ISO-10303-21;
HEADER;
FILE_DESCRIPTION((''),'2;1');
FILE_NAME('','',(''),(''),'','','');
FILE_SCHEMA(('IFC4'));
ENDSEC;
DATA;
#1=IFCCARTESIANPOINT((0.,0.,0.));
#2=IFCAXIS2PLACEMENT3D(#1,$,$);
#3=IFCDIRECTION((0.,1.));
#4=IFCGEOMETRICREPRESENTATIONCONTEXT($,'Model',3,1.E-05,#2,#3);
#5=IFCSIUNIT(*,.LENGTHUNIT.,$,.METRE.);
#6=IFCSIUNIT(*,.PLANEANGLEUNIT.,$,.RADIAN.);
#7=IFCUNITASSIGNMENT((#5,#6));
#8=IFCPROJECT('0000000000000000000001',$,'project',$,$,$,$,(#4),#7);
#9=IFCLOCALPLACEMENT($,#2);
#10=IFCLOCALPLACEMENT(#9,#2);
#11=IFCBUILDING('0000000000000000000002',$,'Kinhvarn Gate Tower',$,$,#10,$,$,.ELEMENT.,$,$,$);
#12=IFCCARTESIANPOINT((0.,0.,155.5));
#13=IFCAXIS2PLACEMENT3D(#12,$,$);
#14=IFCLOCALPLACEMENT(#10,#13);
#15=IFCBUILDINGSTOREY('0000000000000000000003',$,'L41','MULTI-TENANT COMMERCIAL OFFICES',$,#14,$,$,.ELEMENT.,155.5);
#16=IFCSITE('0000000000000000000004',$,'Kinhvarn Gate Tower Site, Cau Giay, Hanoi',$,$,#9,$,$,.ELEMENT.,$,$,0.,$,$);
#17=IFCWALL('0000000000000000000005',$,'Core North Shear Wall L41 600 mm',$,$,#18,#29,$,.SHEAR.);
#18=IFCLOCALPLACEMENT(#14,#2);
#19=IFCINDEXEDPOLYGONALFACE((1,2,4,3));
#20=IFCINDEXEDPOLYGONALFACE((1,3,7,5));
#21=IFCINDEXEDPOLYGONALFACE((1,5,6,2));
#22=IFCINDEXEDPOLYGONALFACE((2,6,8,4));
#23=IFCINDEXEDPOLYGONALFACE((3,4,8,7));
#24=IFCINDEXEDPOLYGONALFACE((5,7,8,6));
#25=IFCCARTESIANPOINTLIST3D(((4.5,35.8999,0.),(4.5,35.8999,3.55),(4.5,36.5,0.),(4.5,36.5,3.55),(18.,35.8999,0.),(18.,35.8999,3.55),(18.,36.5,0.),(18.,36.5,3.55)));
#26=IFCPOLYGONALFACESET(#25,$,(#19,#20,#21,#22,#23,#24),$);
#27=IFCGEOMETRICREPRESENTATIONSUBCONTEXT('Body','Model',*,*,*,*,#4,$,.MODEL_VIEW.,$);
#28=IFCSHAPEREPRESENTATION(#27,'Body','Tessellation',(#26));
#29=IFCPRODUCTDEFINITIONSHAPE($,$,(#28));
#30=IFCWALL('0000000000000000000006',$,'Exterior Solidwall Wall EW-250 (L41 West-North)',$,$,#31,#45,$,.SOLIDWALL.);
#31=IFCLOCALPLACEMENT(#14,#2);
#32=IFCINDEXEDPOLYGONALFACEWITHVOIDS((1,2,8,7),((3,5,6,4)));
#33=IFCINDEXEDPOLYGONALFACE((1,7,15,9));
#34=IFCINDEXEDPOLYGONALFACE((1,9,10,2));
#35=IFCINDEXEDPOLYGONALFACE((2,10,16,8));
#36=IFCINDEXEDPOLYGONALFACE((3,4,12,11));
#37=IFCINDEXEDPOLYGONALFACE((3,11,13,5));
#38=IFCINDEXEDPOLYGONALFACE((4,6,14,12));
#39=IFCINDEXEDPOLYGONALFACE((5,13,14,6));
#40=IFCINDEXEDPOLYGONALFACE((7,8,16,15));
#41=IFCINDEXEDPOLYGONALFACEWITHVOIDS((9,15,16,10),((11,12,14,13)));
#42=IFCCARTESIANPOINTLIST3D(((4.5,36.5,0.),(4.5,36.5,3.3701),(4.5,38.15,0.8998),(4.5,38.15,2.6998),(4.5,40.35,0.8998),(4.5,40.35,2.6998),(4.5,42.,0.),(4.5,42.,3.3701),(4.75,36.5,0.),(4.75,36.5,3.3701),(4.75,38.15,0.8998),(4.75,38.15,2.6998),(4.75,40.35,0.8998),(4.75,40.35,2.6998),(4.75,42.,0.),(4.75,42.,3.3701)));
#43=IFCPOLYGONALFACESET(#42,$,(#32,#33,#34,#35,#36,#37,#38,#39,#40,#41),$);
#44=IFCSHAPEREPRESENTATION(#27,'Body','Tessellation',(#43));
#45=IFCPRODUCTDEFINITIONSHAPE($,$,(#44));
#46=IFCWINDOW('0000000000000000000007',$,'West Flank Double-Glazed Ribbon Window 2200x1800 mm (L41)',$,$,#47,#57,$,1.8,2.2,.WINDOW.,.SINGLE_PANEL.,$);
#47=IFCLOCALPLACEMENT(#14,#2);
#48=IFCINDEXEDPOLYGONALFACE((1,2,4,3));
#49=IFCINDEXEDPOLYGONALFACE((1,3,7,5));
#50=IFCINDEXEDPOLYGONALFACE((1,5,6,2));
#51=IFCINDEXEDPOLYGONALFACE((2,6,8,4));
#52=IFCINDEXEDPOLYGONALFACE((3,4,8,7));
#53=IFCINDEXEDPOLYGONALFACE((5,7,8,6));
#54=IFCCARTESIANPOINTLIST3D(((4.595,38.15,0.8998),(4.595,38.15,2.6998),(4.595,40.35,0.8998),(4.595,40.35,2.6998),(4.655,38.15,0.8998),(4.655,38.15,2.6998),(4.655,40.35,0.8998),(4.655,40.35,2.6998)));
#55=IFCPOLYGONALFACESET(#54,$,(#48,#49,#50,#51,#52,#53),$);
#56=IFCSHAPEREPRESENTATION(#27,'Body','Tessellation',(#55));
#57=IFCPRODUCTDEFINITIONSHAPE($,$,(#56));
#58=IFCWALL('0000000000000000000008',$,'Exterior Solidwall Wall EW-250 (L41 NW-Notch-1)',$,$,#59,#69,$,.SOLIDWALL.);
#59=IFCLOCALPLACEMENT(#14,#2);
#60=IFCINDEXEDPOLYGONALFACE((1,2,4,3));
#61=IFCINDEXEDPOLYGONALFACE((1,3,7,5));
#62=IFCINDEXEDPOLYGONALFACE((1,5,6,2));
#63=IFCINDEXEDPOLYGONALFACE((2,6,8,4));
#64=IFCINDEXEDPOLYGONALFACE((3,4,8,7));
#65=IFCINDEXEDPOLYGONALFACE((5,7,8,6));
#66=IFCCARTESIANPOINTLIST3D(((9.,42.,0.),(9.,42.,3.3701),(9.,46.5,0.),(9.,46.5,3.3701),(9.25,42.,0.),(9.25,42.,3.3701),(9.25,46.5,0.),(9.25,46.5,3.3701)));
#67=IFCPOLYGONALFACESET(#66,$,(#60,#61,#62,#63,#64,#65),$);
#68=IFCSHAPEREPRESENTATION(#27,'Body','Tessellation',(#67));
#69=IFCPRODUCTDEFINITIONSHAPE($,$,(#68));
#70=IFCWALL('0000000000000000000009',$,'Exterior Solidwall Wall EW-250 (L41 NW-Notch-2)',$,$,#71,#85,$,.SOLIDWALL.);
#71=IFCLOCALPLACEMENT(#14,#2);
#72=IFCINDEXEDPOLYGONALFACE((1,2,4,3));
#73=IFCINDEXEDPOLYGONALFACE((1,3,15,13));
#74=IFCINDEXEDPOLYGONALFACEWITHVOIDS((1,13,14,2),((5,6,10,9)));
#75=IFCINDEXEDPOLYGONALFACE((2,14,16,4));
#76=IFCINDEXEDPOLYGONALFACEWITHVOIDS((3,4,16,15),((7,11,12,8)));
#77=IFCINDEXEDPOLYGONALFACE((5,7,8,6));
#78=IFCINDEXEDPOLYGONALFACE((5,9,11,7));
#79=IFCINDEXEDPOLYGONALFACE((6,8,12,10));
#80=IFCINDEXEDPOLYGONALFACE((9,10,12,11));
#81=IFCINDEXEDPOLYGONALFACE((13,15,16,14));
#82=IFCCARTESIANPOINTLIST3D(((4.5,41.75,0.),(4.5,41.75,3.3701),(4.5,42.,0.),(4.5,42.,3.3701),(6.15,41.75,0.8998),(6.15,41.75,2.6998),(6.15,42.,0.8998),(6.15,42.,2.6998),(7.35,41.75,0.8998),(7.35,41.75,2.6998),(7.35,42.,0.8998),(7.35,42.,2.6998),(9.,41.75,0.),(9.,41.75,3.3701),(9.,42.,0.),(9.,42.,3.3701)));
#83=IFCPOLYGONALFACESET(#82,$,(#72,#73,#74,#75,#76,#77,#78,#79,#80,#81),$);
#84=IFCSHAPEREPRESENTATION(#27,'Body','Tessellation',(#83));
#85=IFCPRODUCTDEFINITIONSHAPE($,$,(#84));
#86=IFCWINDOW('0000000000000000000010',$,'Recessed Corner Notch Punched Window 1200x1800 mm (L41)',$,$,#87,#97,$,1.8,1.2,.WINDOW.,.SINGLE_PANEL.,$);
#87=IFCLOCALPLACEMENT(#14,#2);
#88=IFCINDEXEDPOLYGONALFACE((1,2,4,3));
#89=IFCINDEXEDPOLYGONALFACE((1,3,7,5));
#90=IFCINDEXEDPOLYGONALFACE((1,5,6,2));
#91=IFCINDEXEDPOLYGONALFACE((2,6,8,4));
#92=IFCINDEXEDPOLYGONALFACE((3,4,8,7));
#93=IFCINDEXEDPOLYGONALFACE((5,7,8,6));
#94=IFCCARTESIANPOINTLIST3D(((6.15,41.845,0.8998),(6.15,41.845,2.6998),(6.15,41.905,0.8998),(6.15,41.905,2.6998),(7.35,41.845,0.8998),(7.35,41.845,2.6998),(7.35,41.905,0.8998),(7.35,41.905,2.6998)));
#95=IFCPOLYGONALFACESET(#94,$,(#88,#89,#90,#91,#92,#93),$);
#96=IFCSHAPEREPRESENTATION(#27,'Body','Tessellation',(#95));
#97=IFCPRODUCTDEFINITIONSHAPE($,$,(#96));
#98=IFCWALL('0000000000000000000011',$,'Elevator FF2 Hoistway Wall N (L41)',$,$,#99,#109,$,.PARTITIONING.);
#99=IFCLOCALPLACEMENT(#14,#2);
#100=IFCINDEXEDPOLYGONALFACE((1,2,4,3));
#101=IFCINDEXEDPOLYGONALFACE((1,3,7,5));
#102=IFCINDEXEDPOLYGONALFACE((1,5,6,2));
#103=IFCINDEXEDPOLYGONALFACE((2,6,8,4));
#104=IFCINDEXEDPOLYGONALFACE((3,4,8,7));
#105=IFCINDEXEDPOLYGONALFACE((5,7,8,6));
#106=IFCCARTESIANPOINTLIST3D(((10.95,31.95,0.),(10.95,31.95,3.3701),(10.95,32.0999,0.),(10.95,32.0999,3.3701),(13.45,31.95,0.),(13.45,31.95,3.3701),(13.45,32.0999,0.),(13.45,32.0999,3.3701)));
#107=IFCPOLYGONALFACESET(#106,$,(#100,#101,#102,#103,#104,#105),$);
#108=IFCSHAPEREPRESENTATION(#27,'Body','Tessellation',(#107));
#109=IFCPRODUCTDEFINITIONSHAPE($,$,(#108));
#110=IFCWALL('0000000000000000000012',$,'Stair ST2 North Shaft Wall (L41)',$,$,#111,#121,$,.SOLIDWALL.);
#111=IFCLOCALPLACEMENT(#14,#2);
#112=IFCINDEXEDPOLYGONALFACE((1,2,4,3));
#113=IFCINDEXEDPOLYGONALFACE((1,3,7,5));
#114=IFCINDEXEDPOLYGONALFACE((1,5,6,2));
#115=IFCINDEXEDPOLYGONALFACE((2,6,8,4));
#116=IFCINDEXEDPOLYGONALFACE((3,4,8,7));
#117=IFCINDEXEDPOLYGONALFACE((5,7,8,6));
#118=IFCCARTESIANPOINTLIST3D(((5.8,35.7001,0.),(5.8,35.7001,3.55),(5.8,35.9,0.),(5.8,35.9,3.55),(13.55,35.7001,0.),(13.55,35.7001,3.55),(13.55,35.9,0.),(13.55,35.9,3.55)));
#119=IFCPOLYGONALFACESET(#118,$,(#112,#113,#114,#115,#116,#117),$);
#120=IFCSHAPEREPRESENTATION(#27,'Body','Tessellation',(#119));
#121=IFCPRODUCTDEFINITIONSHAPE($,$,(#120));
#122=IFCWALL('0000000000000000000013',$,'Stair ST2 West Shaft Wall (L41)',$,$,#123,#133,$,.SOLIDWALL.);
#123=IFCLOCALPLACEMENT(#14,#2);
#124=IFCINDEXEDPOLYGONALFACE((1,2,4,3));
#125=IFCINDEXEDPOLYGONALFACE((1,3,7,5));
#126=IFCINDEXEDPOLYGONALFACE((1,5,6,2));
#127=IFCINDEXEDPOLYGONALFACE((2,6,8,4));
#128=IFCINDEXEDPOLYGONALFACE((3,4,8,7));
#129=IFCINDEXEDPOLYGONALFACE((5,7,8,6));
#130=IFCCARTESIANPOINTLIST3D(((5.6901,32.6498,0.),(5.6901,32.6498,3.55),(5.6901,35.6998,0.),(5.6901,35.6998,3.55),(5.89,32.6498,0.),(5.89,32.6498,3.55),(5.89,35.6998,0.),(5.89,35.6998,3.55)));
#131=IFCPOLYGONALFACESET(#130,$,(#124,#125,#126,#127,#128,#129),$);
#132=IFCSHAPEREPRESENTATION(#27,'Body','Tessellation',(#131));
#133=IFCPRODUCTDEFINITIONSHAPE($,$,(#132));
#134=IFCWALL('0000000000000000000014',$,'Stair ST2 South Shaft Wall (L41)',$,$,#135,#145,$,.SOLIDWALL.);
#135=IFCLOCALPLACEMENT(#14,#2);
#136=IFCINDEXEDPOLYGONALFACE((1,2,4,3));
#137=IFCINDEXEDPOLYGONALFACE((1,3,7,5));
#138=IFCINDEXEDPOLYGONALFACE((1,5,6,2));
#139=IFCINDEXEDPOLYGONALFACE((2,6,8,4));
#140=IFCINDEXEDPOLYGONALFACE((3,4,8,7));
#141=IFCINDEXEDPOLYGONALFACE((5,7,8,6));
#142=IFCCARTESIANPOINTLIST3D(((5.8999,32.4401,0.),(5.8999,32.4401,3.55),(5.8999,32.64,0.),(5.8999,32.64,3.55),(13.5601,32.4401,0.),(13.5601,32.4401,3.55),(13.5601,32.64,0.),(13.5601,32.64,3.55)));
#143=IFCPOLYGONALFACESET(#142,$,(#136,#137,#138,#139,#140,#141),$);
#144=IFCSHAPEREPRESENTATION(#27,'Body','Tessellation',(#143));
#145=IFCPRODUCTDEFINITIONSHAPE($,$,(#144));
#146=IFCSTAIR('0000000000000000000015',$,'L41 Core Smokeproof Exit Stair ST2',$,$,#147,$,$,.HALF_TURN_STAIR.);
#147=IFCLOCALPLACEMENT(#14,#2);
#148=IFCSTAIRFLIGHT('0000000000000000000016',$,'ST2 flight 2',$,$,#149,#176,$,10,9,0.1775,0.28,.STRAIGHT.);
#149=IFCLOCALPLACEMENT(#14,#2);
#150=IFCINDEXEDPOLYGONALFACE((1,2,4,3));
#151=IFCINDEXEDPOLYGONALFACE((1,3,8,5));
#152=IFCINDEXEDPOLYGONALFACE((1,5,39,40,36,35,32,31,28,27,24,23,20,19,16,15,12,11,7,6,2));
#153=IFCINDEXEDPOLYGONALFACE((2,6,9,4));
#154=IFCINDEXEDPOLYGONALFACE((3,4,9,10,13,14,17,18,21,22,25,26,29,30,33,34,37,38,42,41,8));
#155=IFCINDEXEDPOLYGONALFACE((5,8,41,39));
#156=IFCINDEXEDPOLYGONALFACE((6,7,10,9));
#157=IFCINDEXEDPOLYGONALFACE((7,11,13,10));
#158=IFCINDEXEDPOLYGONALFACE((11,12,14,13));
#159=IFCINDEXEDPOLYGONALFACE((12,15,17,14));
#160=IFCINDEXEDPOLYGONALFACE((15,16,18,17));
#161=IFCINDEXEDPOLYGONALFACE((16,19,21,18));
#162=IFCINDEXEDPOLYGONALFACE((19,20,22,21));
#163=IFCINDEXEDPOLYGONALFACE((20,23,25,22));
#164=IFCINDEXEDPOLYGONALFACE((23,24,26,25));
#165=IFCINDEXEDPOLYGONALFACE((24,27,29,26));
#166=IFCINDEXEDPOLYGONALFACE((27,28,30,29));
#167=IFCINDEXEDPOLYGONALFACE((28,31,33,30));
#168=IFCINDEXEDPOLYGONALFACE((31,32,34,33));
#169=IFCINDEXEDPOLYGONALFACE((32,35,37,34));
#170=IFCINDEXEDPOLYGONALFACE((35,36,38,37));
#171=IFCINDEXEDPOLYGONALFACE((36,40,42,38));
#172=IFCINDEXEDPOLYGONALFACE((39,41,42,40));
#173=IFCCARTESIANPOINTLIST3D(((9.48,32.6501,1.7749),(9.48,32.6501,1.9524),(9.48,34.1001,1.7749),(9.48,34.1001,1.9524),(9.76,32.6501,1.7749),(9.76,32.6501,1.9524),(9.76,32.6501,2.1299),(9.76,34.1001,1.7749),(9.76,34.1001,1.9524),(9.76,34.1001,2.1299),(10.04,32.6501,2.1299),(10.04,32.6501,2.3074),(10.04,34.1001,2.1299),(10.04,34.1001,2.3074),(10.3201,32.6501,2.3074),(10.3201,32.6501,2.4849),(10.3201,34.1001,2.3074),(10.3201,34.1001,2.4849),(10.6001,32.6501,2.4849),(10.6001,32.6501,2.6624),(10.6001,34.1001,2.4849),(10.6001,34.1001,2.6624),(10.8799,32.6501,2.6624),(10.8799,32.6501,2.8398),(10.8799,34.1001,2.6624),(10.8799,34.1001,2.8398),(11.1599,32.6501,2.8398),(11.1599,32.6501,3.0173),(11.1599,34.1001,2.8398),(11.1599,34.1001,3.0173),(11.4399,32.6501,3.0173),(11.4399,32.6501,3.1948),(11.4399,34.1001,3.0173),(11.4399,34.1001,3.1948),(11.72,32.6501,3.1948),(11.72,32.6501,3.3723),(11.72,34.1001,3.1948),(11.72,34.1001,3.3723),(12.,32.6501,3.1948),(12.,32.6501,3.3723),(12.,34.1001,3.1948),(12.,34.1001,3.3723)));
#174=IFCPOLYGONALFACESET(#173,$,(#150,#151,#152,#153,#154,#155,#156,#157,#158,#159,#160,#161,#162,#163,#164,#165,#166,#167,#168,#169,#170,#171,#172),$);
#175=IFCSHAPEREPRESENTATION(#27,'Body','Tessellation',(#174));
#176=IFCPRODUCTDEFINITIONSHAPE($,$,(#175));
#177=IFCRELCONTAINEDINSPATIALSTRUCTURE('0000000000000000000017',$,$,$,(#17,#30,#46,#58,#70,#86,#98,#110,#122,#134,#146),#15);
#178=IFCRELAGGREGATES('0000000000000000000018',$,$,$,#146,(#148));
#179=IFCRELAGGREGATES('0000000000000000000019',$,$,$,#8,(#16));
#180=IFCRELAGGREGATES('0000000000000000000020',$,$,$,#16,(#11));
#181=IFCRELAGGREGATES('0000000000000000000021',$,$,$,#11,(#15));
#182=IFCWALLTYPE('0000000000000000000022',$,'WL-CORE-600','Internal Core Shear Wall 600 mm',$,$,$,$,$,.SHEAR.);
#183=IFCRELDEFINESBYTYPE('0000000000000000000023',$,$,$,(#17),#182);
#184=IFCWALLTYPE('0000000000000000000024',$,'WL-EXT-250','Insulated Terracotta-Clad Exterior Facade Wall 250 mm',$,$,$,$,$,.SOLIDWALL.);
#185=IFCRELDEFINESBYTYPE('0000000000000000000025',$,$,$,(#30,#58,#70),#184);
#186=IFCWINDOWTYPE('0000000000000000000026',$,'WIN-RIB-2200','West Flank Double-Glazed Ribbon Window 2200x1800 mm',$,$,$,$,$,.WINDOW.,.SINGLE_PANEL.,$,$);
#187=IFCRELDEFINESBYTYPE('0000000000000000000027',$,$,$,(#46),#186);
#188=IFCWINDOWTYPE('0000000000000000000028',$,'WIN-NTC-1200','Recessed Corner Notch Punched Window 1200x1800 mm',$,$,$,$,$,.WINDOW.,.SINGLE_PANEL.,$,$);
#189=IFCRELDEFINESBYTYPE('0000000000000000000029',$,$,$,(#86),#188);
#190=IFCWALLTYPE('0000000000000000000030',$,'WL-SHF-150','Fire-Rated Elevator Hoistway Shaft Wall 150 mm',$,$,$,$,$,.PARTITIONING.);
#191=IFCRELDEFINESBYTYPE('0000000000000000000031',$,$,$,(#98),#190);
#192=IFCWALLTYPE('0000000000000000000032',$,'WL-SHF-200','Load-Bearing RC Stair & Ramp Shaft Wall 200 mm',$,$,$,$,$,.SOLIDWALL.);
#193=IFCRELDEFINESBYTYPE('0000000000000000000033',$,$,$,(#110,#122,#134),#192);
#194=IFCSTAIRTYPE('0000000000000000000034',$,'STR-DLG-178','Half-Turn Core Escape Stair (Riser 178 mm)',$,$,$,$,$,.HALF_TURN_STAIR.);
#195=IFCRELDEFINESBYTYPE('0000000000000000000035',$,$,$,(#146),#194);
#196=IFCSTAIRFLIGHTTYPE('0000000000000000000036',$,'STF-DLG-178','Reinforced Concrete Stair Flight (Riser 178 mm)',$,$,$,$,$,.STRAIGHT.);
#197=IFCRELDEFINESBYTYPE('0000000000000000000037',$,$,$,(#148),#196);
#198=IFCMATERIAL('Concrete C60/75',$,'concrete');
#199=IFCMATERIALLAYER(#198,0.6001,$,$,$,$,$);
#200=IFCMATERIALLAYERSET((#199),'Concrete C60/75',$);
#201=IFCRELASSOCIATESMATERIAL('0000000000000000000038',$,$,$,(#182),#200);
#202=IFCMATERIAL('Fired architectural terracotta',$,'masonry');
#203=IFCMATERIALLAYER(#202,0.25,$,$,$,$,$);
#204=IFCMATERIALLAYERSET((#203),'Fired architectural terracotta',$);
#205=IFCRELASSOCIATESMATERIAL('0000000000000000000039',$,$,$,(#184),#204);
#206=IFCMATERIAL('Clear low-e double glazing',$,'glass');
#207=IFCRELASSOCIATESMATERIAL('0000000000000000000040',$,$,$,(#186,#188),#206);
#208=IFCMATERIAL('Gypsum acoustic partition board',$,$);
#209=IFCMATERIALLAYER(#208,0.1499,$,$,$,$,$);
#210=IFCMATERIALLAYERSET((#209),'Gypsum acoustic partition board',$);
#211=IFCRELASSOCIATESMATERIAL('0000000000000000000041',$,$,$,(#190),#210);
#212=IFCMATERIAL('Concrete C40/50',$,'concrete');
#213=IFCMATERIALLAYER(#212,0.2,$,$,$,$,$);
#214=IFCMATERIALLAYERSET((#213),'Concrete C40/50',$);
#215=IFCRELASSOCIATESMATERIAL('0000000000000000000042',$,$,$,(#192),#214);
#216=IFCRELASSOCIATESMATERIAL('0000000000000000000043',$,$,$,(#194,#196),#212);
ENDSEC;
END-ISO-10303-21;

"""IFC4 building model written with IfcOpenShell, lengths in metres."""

from ifc_helpers import new_model, si_unit, direction, frame, frame_2d, origin, place, context, subcontext, project, spatial, polyline, rectangle, outline, extrude, material, layer, layer_set, type_object, element, fill, aggregate, save


model = new_model("IFC4")

# Units and contexts
model_context = context("Model", 3, precision=1e-05, world=origin(), true_north=direction((0.0, 1.0)))
body_context = subcontext(model_context, "Body", "Model", "MODEL_VIEW")
ifc_project = project(units=[si_unit("LENGTHUNIT", "METRE"), si_unit("PLANEANGLEUNIT", "RADIAN")], contexts=[model_context])

# Site, building, storey
site_placement = place(None, origin())
site = spatial("IfcSite", under=ifc_project, at=site_placement, Name="Kinhvarn Gate Tower Site, Cau Giay, Hanoi", CompositionType="ELEMENT", RefElevation=0.0)
building_placement = place(site_placement, origin())
building = spatial("IfcBuilding", under=site, at=building_placement, Name="Kinhvarn Gate Tower", CompositionType="ELEMENT")
storey_placement = place(building_placement, frame((0.0, 0.0, 155.5)))
storey = spatial("IfcBuildingStorey", under=building, at=storey_placement, Name="L41", Description="MULTI-TENANT COMMERCIAL OFFICES", CompositionType="ELEMENT", Elevation=155.5)

# Shared definitions
ifc_material_1 = material(Name="Concrete C60/75", Category="concrete")

# Shared definitions
ifc_material_2 = material(Name="Clear low-e double glazing", Category="glass")

# Wall
ifc_layer_1 = layer(ifc_material_1, 0.6001)
ifc_layer_set_1 = layer_set([ifc_layer_1], Name="Concrete C60/75")
wall_type_1 = type_object("IfcWallType", Name="WL-CORE-600", Description="Internal Core Shear Wall 600 mm", PredefinedType="SHEAR", material=ifc_layer_set_1)
wall_1_placement = place(storey_placement, frame((4.5, 36.2, 0.0), z_axis=(0.0, 0.0, 1.0), x_axis=(1.0, 0.0, 0.0)))
element("IfcWall", 1, at=wall_1_placement, inside=storey, type_object=wall_type_1, Name="Core North Shear Wall L41 600 mm", PredefinedType="SHEAR", context=body_context, shape_type="SweptSolid", body=[
    extrude(rectangle(XDim=13.5, YDim=0.6001, at=frame_2d((6.75, 0.0))), origin(), (0.0, 0.0, 1.0), 3.55),
])

# Wall, opening, window
ifc_material_3 = material(Name="Fired architectural terracotta", Category="masonry")
ifc_layer_2 = layer(ifc_material_3, 0.25)
ifc_layer_set_2 = layer_set([ifc_layer_2], Name="Fired architectural terracotta")
wall_type_2 = type_object("IfcWallType", Name="WL-EXT-250", Description="Insulated Terracotta-Clad Exterior Facade Wall 250 mm", PredefinedType="SOLIDWALL", material=ifc_layer_set_2)
wall_2_placement = place(storey_placement, frame((4.625, 42.0, 0.0), z_axis=(0.0, 0.0, 1.0), x_axis=(0.0, -1.0, 0.0)))
wall_2 = element("IfcWall", 2, at=wall_2_placement, inside=storey, type_object=wall_type_2, Name="Exterior Solidwall Wall EW-250 (L41 West-North)", PredefinedType="SOLIDWALL", context=body_context, shape_type="SweptSolid", body=[
    extrude(rectangle(XDim=5.5, YDim=0.25, at=frame_2d((2.75, 0.0))), origin(), (0.0, 0.0, 1.0), 3.3701),
])
opening_1_placement = place(wall_2_placement, frame((1.6499, 0.0, 0.8999)))
opening_1 = element("IfcOpeningElement", 3, at=opening_1_placement, cuts=wall_2, PredefinedType="OPENING", context=body_context, shape_type="SweptSolid", body=[
    extrude(rectangle(XDim=2.2, YDim=1.8, at=frame_2d((1.1001, 0.8999))), frame((0.0, 0.135, 0.0), z_axis=(0.0, -1.0, 0.0), x_axis=(1.0, 0.0, 0.0)), (0.0, 0.0, 1.0), 0.27),
])
window_type_1 = type_object("IfcWindowType", Name="WIN-RIB-2200", Description="West Flank Double-Glazed Ribbon Window 2200x1800 mm", PartitioningType="SINGLE_PANEL", PredefinedType="WINDOW", material=ifc_material_2)
window_1_placement = place(opening_1_placement, origin())
window_1 = element("IfcWindow", 4, at=window_1_placement, inside=storey, type_object=window_type_1, Name="West Flank Double-Glazed Ribbon Window 2200x1800 mm (L41)", OverallHeight=1.8, OverallWidth=2.2, PartitioningType="SINGLE_PANEL", PredefinedType="WINDOW", context=body_context, shape_type="SweptSolid", body=[
    extrude(rectangle(XDim=2.2, YDim=1.8, at=frame_2d((1.1001, 0.8999))), frame((0.0, 0.03, 0.0), z_axis=(0.0, -1.0, 0.0), x_axis=(1.0, 0.0, 0.0)), (0.0, 0.0, 1.0), 0.0601),
])
fill(opening_1, window_1)

# Wall
wall_3_placement = place(storey_placement, frame((9.125, 46.5, 0.0), z_axis=(0.0, 0.0, 1.0), x_axis=(0.0, -1.0, 0.0)))
element("IfcWall", 5, at=wall_3_placement, inside=storey, type_object=wall_type_2, Name="Exterior Solidwall Wall EW-250 (L41 NW-Notch-1)", PredefinedType="SOLIDWALL", context=body_context, shape_type="SweptSolid", body=[
    extrude(rectangle(XDim=4.5, YDim=0.25, at=frame_2d((2.25, 0.0))), origin(), (0.0, 0.0, 1.0), 3.3701),
])

# Wall, opening, window
wall_4_placement = place(storey_placement, frame((9.0, 41.875, 0.0), z_axis=(0.0, 0.0, 1.0), x_axis=(-1.0, 0.0, 0.0)))
wall_4 = element("IfcWall", 6, at=wall_4_placement, inside=storey, type_object=wall_type_2, Name="Exterior Solidwall Wall EW-250 (L41 NW-Notch-2)", PredefinedType="SOLIDWALL", context=body_context, shape_type="SweptSolid", body=[
    extrude(rectangle(XDim=4.5, YDim=0.25, at=frame_2d((2.25, 0.0))), origin(), (0.0, 0.0, 1.0), 3.3701),
])
opening_2_placement = place(wall_4_placement, frame((1.6499, 0.0, 0.8999)))
opening_2 = element("IfcOpeningElement", 7, at=opening_2_placement, cuts=wall_4, PredefinedType="OPENING", context=body_context, shape_type="SweptSolid", body=[
    extrude(rectangle(XDim=1.2, YDim=1.8, at=frame_2d((0.6001, 0.8999))), frame((0.0, 0.135, 0.0), z_axis=(0.0, -1.0, 0.0), x_axis=(1.0, 0.0, 0.0)), (0.0, 0.0, 1.0), 0.27),
])
window_type_2 = type_object("IfcWindowType", Name="WIN-NTC-1200", Description="Recessed Corner Notch Punched Window 1200x1800 mm", PartitioningType="SINGLE_PANEL", PredefinedType="WINDOW", material=ifc_material_2)
window_2_placement = place(opening_2_placement, origin())
window_2 = element("IfcWindow", 8, at=window_2_placement, inside=storey, type_object=window_type_2, Name="Recessed Corner Notch Punched Window 1200x1800 mm (L41)", OverallHeight=1.8, OverallWidth=1.2, PartitioningType="SINGLE_PANEL", PredefinedType="WINDOW", context=body_context, shape_type="SweptSolid", body=[
    extrude(rectangle(XDim=1.2, YDim=1.8, at=frame_2d((0.6001, 0.8999))), frame((0.0, 0.03, 0.0), z_axis=(0.0, -1.0, 0.0), x_axis=(1.0, 0.0, 0.0)), (0.0, 0.0, 1.0), 0.0601),
])
fill(opening_2, window_2)

# Walls
ifc_material_4 = material(Name="Gypsum acoustic partition board")
ifc_layer_3 = layer(ifc_material_4, 0.1499)
ifc_layer_set_3 = layer_set([ifc_layer_3], Name="Gypsum acoustic partition board")
wall_type_3 = type_object("IfcWallType", Name="WL-SHF-150", Description="Fire-Rated Elevator Hoistway Shaft Wall 150 mm", PredefinedType="PARTITIONING", material=ifc_layer_set_3)
wall_5_placement = place(storey_placement, frame((10.95, 32.0249, 0.0), z_axis=(0.0, 0.0, 1.0), x_axis=(1.0, 0.0, 0.0)))
element("IfcWall", 9, at=wall_5_placement, inside=storey, type_object=wall_type_3, Name="Elevator FF2 Hoistway Wall N (L41)", PredefinedType="PARTITIONING", context=body_context, shape_type="SweptSolid", body=[
    extrude(rectangle(XDim=2.5, YDim=0.1499, at=frame_2d((1.25, 0.0))), origin(), (0.0, 0.0, 1.0), 3.3701),
])
ifc_material_5 = material(Name="Concrete C40/50", Category="concrete")
ifc_layer_4 = layer(ifc_material_5, 0.2)
ifc_layer_set_4 = layer_set([ifc_layer_4], Name="Concrete C40/50")
wall_type_4 = type_object("IfcWallType", Name="WL-SHF-200", Description="Load-Bearing RC Stair & Ramp Shaft Wall 200 mm", PredefinedType="SOLIDWALL", material=ifc_layer_set_4)
wall_6_placement = place(storey_placement, frame((5.8, 35.8, 0.0), z_axis=(0.0, 0.0, 1.0), x_axis=(1.0, 0.0, 0.0)))
element("IfcWall", 10, at=wall_6_placement, inside=storey, type_object=wall_type_4, Name="Stair ST2 North Shaft Wall (L41)", PredefinedType="SOLIDWALL", context=body_context, shape_type="SweptSolid", body=[
    extrude(rectangle(XDim=7.75, YDim=0.2, at=frame_2d((3.875, 0.0))), origin(), (0.0, 0.0, 1.0), 3.55),
])
wall_7_placement = place(storey_placement, frame((5.79, 32.6499, 0.0), z_axis=(0.0, 0.0, 1.0), x_axis=(0.0, 1.0, 0.0)))
element("IfcWall", 11, at=wall_7_placement, inside=storey, type_object=wall_type_4, Name="Stair ST2 West Shaft Wall (L41)", PredefinedType="SOLIDWALL", context=body_context, shape_type="SweptSolid", body=[
    extrude(rectangle(XDim=3.05, YDim=0.2, at=frame_2d((1.5249, 0.0))), origin(), (0.0, 0.0, 1.0), 3.55),
])
wall_8_placement = place(storey_placement, frame((5.8999, 32.54, 0.0), z_axis=(0.0, 0.0, 1.0), x_axis=(1.0, 0.0, 0.0)))
element("IfcWall", 12, at=wall_8_placement, inside=storey, type_object=wall_type_4, Name="Stair ST2 South Shaft Wall (L41)", PredefinedType="SOLIDWALL", context=body_context, shape_type="SweptSolid", body=[
    extrude(rectangle(XDim=7.6602, YDim=0.2, at=frame_2d((3.8301, 0.0))), origin(), (0.0, 0.0, 1.0), 3.55),
])

# Stair, stair flight
stair_type = type_object("IfcStairType", Name="STR-DLG-178", Description="Half-Turn Core Escape Stair (Riser 178 mm)", PredefinedType="HALF_TURN_STAIR", material=ifc_material_5)
stair_placement = place(storey_placement, origin())
stair = element("IfcStair", 13, at=stair_placement, inside=storey, type_object=stair_type, Name="L41 Core Smokeproof Exit Stair ST2", PredefinedType="HALF_TURN_STAIR")
stair_flight_type = type_object("IfcStairFlightType", Name="STF-DLG-178", Description="Reinforced Concrete Stair Flight (Riser 178 mm)", PredefinedType="STRAIGHT", material=ifc_material_5)
stair_flight_placement = place(storey_placement, frame((9.48, 33.375, 1.7749), z_axis=(0.0, 0.0, 1.0), x_axis=(1.0, 0.0, 0.0)))
stair_flight = element("IfcStairFlight", 14, at=stair_flight_placement, type_object=stair_flight_type, Name="ST2 flight 2", NumberOfRisers=10, NumberOfTreads=9, PredefinedType="STRAIGHT", RiserHeight=0.1775, TreadLength=0.28, context=body_context, shape_type="SweptSolid", body=[
    extrude(outline(polyline([(0.0, 0.0), (0.0, 0.1775), (0.28, 0.1775), (0.28, 0.355), (0.5601, 0.355), (0.5601, 0.5325), (0.8401, 0.5325), (0.8401, 0.71), (1.1201, 0.71), (1.1201, 0.8875), (1.3999, 0.8875), (1.3999, 1.0649), (1.6799, 1.0649), (1.6799, 1.2424), (1.96, 1.2424), (1.96, 1.4199), (2.24, 1.4199), (2.24, 1.5974), (2.52, 1.5974), (2.52, 1.7749), (2.52, 1.4199), (0.28, 0.0), (0.0, 0.0)])), frame((0.0, 0.7251, 0.0), z_axis=(0.0, -1.0, 0.0), x_axis=(1.0, 0.0, 0.0)), (0.0, 0.0, 1.0), 1.45),
])
aggregate(stair, [stair_flight])

save(model, "model.ifc")
